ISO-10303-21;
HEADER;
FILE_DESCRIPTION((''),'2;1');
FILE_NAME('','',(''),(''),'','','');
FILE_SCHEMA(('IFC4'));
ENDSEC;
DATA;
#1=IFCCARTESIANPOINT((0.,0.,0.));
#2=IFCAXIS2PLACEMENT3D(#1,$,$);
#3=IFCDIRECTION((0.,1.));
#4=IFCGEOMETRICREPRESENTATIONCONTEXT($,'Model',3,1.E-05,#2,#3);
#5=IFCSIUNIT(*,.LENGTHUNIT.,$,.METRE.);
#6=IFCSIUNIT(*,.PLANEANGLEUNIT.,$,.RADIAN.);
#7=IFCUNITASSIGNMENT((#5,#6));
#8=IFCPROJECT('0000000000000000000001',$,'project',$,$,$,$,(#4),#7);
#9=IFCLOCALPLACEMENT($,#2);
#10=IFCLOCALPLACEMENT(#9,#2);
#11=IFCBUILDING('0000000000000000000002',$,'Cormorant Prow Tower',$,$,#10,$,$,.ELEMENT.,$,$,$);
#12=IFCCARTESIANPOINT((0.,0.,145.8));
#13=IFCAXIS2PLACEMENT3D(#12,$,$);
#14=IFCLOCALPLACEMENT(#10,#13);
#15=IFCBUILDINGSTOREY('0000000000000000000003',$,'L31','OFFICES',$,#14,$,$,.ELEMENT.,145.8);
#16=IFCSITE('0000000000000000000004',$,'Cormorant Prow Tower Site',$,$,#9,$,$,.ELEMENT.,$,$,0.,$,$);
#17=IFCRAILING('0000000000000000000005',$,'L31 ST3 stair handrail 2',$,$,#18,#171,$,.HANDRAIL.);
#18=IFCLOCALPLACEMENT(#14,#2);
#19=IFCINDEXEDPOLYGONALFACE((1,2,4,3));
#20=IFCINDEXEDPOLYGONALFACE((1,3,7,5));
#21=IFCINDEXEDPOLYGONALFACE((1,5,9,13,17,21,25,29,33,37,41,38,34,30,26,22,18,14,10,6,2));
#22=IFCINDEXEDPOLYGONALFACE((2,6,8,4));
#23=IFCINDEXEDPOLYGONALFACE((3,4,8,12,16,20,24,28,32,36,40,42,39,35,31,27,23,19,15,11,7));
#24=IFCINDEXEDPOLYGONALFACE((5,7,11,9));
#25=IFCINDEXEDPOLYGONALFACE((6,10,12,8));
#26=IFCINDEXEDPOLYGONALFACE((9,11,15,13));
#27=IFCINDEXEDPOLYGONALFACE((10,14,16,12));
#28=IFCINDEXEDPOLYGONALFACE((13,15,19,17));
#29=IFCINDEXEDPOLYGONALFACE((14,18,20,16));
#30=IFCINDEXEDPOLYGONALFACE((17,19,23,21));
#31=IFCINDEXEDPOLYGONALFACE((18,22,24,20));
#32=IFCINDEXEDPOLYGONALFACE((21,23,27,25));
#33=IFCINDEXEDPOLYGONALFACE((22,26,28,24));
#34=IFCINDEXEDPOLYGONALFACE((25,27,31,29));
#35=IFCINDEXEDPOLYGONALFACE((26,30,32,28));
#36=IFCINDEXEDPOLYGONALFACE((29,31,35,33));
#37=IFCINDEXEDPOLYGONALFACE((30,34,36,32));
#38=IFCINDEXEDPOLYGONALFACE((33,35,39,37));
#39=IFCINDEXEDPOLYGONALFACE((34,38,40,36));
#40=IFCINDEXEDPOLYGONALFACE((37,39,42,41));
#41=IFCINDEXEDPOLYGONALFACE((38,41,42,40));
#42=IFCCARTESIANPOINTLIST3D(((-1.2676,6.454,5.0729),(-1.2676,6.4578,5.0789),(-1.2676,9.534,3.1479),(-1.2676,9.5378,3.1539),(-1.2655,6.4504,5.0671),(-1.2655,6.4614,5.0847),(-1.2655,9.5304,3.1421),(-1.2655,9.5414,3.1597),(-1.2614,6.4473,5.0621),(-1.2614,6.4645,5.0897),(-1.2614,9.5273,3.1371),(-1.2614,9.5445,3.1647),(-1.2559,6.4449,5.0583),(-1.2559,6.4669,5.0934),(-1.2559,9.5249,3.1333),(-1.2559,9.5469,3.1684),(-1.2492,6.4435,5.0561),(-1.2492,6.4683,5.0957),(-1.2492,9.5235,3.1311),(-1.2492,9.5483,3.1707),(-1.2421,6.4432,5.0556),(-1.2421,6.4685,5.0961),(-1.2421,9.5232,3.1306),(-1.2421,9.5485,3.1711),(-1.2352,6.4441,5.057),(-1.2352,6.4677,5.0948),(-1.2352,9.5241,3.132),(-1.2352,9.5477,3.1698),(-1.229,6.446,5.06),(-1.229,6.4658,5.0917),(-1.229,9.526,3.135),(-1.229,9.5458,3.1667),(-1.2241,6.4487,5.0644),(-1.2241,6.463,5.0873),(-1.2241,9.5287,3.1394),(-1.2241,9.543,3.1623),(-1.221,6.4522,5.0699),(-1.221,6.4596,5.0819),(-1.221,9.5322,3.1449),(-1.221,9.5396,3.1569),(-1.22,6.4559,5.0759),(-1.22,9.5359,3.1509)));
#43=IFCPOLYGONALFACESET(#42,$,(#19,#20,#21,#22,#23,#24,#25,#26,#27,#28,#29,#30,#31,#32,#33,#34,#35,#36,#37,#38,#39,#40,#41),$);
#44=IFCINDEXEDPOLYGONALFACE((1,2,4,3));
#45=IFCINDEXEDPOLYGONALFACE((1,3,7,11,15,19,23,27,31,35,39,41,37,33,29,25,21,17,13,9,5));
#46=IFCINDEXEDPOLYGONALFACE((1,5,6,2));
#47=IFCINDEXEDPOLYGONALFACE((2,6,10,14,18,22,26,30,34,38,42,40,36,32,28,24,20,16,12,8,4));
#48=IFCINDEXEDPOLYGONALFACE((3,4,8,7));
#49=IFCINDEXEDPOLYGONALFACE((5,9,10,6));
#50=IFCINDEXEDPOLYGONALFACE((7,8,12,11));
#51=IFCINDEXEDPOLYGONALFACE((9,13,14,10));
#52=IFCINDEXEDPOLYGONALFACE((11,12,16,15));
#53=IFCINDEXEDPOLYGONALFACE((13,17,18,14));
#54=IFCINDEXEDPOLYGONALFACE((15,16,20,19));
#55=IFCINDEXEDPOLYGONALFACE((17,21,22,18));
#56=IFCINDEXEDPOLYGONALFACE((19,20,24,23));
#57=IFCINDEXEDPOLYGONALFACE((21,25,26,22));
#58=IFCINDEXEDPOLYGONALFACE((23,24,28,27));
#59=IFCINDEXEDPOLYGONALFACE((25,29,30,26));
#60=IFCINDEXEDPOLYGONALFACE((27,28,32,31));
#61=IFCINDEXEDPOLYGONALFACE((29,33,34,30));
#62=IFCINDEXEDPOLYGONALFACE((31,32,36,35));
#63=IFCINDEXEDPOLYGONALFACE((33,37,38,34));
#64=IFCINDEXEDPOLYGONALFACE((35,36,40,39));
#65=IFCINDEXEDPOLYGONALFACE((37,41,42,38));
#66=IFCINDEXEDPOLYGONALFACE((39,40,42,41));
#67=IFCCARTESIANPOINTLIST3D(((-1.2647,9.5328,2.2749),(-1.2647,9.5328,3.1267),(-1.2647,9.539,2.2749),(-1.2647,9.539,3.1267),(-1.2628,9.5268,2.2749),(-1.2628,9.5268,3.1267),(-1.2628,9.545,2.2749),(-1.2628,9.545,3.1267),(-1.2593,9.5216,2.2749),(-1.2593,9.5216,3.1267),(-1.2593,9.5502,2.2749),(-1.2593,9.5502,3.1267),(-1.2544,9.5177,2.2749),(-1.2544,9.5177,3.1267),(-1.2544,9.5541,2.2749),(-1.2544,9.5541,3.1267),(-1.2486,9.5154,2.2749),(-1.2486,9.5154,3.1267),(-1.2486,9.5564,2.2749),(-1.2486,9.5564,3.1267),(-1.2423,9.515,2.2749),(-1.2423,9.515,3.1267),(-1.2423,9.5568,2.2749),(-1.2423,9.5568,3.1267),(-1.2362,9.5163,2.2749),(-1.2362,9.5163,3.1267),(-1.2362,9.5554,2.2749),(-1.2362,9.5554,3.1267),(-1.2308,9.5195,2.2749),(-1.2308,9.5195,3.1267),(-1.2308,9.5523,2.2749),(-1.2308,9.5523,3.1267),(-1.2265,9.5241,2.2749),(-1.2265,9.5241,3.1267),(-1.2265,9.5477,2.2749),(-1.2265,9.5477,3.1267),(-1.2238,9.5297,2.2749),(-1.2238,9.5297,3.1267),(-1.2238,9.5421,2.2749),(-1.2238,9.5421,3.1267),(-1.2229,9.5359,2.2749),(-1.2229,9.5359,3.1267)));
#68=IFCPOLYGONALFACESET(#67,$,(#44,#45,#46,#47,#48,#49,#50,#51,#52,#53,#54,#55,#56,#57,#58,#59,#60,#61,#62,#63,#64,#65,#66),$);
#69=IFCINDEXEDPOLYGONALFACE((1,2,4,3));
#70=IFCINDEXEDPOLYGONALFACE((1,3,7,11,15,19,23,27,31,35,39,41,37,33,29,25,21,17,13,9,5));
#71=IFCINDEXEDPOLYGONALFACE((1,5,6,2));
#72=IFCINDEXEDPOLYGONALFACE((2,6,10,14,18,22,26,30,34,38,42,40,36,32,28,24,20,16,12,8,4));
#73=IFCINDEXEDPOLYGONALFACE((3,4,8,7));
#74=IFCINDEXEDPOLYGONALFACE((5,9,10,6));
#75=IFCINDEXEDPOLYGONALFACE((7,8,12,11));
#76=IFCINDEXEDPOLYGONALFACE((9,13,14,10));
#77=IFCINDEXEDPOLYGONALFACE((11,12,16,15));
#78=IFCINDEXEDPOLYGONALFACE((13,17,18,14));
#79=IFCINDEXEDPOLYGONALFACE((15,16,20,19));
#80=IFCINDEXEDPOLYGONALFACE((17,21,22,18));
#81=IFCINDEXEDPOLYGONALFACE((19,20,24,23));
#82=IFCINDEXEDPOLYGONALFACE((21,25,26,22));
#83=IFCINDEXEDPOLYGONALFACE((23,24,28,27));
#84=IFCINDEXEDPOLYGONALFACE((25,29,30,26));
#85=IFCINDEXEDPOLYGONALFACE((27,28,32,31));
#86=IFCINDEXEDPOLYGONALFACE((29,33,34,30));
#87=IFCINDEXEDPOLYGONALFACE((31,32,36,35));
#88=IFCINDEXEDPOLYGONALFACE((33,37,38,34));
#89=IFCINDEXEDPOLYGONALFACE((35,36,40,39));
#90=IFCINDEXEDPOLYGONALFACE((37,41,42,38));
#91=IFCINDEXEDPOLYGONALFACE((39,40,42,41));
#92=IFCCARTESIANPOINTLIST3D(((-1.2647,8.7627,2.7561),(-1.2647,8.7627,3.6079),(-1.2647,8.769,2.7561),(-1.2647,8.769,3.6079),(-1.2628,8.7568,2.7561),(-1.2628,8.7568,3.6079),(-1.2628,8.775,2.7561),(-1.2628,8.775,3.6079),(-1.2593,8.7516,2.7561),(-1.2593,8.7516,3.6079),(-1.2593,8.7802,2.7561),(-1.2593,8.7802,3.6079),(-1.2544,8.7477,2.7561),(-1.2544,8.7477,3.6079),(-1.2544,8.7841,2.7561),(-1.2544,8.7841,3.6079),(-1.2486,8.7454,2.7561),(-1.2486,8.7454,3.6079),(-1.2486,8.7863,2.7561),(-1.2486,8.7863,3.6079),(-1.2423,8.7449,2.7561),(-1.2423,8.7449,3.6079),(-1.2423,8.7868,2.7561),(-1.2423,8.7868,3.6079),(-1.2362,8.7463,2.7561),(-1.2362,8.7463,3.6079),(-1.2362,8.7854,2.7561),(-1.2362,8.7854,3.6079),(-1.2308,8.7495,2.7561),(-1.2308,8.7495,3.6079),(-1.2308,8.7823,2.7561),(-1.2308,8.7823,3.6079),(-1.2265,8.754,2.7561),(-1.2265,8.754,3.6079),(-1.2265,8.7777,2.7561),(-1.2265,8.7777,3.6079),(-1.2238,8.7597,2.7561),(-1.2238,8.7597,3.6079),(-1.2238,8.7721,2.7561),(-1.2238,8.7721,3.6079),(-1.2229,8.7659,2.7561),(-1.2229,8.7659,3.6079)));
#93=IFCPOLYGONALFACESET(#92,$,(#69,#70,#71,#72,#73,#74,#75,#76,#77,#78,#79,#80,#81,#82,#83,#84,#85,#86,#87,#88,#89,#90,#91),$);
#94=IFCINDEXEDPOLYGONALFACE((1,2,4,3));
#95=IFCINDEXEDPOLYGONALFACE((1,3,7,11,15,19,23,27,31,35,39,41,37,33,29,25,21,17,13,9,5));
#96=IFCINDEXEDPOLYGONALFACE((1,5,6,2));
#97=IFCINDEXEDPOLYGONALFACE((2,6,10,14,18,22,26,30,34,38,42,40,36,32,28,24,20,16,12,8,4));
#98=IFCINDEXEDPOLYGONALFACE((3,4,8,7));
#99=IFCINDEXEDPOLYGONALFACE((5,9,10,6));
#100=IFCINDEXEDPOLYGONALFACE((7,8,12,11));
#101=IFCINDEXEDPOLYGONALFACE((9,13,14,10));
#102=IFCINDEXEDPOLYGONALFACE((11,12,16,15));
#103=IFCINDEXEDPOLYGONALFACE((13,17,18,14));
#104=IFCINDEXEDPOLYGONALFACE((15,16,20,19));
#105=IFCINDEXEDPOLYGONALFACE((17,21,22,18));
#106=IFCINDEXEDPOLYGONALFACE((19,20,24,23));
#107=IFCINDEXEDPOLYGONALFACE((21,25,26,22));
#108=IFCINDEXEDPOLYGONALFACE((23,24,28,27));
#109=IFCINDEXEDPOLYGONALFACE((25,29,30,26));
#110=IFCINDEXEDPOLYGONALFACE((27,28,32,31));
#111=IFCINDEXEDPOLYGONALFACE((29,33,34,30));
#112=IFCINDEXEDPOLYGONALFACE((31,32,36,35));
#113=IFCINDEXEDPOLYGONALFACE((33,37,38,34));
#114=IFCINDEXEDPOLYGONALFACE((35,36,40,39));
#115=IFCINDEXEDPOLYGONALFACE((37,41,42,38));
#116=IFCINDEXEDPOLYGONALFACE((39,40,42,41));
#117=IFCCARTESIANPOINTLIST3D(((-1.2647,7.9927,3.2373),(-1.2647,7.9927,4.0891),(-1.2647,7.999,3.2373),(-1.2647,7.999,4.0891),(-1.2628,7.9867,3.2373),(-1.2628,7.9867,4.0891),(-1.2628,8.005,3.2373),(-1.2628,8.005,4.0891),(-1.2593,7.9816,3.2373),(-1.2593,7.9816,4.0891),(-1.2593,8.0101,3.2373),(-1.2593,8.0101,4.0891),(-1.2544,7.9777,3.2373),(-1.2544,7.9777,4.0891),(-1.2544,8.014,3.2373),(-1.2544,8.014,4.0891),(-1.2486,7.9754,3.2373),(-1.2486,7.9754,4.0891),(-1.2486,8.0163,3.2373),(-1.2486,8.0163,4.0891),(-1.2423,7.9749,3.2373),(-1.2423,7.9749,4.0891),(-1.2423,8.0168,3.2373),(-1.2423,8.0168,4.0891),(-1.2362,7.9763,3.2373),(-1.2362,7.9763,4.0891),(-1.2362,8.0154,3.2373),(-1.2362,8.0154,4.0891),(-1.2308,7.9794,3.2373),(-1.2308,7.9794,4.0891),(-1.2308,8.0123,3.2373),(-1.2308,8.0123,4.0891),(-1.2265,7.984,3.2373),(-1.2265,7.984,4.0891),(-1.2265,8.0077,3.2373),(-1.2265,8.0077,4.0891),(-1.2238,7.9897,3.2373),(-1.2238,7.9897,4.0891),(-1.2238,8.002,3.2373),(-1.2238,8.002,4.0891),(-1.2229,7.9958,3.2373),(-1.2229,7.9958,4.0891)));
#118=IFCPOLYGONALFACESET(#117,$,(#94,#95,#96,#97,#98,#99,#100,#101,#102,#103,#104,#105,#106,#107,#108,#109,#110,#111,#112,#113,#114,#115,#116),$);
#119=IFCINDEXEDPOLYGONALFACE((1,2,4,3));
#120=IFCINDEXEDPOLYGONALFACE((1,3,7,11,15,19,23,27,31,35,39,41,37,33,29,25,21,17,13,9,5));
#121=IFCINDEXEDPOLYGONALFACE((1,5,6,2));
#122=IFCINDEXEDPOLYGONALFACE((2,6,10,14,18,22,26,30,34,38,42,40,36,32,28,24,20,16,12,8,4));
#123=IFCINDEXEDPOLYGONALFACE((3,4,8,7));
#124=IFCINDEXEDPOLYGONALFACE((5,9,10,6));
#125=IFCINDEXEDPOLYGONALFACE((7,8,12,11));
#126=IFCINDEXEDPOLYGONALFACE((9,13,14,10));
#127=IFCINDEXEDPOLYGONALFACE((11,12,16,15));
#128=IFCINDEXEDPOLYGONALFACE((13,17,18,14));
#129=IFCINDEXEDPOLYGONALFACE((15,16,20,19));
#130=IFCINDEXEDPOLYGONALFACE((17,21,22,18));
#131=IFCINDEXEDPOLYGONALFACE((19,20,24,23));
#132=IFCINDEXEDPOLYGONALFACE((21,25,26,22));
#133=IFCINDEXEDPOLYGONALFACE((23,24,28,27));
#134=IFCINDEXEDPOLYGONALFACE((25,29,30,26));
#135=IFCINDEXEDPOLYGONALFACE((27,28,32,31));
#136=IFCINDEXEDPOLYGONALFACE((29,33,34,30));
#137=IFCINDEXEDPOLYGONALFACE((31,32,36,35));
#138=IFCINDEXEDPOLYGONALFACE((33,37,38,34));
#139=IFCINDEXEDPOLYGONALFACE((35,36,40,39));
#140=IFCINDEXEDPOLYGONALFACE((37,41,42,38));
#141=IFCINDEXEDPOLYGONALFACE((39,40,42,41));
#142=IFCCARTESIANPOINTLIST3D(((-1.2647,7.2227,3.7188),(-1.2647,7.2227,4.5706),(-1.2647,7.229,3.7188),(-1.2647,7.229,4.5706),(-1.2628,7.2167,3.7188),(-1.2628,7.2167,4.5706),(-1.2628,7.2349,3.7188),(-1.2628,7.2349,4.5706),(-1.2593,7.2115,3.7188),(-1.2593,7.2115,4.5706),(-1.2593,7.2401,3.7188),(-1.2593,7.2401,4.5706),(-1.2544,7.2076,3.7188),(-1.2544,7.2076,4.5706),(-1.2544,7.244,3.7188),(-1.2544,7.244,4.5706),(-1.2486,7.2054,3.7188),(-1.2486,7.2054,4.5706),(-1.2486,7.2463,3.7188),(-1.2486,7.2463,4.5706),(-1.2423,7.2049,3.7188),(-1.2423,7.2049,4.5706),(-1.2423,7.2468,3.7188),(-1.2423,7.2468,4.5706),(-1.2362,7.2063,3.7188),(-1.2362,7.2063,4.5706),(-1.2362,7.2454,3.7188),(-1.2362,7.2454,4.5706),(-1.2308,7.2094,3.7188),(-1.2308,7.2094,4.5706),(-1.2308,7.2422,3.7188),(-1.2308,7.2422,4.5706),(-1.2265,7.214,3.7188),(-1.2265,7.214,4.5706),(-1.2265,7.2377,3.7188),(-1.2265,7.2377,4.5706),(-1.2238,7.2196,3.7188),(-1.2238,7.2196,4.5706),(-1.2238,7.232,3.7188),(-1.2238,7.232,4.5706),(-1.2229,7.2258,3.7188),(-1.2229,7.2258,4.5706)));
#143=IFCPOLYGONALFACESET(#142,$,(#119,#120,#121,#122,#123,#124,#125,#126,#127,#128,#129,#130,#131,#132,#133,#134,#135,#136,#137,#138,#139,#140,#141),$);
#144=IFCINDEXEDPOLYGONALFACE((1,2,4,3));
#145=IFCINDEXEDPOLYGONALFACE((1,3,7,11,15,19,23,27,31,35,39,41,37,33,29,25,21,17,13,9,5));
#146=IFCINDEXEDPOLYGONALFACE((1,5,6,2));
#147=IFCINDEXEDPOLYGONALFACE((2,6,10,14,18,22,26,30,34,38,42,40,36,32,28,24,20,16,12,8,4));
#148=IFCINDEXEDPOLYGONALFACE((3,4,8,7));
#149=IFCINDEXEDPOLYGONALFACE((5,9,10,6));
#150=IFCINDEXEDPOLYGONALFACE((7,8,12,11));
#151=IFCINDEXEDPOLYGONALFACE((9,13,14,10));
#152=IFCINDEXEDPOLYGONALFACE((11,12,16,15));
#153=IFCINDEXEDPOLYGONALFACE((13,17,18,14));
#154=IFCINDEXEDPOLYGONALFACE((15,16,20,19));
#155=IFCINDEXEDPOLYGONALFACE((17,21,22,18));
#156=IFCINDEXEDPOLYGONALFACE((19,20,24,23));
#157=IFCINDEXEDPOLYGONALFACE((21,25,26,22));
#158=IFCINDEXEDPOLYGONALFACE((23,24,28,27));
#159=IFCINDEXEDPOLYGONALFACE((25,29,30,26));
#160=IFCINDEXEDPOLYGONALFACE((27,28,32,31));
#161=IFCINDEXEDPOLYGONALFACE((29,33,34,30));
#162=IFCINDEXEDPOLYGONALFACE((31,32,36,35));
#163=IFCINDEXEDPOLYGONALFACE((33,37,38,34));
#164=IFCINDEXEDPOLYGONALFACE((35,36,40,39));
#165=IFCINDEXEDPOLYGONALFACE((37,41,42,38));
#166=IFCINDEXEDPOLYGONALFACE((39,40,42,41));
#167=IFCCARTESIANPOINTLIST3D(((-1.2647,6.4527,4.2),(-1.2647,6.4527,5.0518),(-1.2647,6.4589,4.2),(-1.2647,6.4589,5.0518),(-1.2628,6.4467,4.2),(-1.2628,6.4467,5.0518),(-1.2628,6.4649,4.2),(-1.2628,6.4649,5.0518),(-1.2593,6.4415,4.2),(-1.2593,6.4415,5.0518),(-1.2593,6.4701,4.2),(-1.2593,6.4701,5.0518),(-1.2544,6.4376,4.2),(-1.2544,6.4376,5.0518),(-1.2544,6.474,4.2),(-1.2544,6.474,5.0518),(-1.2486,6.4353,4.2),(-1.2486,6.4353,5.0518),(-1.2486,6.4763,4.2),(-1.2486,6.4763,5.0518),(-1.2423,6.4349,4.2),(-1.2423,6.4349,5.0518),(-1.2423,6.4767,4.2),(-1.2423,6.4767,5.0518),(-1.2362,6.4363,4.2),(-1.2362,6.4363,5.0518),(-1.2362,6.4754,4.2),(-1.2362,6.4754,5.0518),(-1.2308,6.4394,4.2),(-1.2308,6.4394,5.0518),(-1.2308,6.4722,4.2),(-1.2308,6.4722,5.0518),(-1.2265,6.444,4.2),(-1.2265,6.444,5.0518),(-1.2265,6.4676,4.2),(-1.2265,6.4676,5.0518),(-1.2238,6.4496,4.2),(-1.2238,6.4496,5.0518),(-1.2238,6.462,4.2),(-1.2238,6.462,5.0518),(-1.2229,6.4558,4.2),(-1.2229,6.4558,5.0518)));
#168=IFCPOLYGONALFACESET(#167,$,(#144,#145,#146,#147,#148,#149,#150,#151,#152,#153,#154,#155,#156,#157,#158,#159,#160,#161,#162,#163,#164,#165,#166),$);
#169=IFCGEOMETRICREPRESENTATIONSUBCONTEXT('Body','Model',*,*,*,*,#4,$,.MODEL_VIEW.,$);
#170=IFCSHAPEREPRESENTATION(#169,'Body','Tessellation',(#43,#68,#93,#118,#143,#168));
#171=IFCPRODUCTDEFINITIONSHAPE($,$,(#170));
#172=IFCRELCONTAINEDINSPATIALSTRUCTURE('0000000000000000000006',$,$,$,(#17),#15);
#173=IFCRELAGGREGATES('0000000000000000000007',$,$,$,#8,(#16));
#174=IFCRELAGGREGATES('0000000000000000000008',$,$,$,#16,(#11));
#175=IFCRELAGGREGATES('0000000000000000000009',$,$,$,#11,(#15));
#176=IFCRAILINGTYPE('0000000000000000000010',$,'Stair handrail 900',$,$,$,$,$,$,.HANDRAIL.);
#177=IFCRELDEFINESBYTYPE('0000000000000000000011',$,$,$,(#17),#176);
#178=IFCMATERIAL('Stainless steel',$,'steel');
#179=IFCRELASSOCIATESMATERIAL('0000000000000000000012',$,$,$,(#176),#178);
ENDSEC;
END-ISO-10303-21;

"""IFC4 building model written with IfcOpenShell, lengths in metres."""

from ifc_helpers import new_model, si_unit, direction, frame, origin, origin_2d, place, context, subcontext, project, spatial, circle, extrude, material, type_object, element, save


model = new_model("IFC4")

# Units and contexts
model_context = context("Model", 3, precision=1e-05, world=origin(), true_north=direction((0.0, 1.0)))
body_context = subcontext(model_context, "Body", "Model", "MODEL_VIEW")
ifc_project = project(units=[si_unit("LENGTHUNIT", "METRE"), si_unit("PLANEANGLEUNIT", "RADIAN")], contexts=[model_context])

# Site, building, storey
site_placement = place(None, origin())
site = spatial("IfcSite", under=ifc_project, at=site_placement, Name="Cormorant Prow Tower Site", CompositionType="ELEMENT", RefElevation=0.0)
building_placement = place(site_placement, origin())
building = spatial("IfcBuilding", under=site, at=building_placement, Name="Cormorant Prow Tower", CompositionType="ELEMENT")
storey_placement = place(building_placement, frame((0.0, 0.0, 145.8)))
storey = spatial("IfcBuildingStorey", under=building, at=storey_placement, Name="L31", Description="OFFICES", CompositionType="ELEMENT", Elevation=145.8)

# Railing
ifc_material_1 = material(Name="Stainless steel", Category="steel")
railing_type = type_object("IfcRailingType", Name="Stair handrail 900", PredefinedType="HANDRAIL", material=ifc_material_1)
railing_placement = place(storey_placement, frame((-1.2439, 9.5359, 2.2749)))
element("IfcRailing", 1, at=railing_placement, inside=storey, type_object=railing_type, Name="L31 ST3 stair handrail 2", PredefinedType="HANDRAIL", context=body_context, shape_type="SweptSolid", body=[
    extrude(circle(Radius=0.0239, at=origin_2d()), frame((0.0, 0.0, 0.876), z_axis=(0.0, -0.847998, 0.529999), x_axis=(1.0, 0.0, 0.0)), (0.0, 0.0, 1.0), 3.6321),
    extrude(circle(Radius=0.021, at=origin_2d()), origin(), (0.0, 0.0, 1.0), 0.8518),
    extrude(circle(Radius=0.021, at=origin_2d()), frame((0.0, -0.77, 0.4812)), (0.0, 0.0, 1.0), 0.8518),
    extrude(circle(Radius=0.021, at=origin_2d()), frame((0.0, -1.54, 0.9624)), (0.0, 0.0, 1.0), 0.8518),
    extrude(circle(Radius=0.021, at=origin_2d()), frame((0.0, -2.3101, 1.4438)), (0.0, 0.0, 1.0), 0.8518),
    extrude(circle(Radius=0.021, at=origin_2d()), frame((0.0, -3.0801, 1.925)), (0.0, 0.0, 1.0), 0.8518),
])

save(model, "model.ifc")
